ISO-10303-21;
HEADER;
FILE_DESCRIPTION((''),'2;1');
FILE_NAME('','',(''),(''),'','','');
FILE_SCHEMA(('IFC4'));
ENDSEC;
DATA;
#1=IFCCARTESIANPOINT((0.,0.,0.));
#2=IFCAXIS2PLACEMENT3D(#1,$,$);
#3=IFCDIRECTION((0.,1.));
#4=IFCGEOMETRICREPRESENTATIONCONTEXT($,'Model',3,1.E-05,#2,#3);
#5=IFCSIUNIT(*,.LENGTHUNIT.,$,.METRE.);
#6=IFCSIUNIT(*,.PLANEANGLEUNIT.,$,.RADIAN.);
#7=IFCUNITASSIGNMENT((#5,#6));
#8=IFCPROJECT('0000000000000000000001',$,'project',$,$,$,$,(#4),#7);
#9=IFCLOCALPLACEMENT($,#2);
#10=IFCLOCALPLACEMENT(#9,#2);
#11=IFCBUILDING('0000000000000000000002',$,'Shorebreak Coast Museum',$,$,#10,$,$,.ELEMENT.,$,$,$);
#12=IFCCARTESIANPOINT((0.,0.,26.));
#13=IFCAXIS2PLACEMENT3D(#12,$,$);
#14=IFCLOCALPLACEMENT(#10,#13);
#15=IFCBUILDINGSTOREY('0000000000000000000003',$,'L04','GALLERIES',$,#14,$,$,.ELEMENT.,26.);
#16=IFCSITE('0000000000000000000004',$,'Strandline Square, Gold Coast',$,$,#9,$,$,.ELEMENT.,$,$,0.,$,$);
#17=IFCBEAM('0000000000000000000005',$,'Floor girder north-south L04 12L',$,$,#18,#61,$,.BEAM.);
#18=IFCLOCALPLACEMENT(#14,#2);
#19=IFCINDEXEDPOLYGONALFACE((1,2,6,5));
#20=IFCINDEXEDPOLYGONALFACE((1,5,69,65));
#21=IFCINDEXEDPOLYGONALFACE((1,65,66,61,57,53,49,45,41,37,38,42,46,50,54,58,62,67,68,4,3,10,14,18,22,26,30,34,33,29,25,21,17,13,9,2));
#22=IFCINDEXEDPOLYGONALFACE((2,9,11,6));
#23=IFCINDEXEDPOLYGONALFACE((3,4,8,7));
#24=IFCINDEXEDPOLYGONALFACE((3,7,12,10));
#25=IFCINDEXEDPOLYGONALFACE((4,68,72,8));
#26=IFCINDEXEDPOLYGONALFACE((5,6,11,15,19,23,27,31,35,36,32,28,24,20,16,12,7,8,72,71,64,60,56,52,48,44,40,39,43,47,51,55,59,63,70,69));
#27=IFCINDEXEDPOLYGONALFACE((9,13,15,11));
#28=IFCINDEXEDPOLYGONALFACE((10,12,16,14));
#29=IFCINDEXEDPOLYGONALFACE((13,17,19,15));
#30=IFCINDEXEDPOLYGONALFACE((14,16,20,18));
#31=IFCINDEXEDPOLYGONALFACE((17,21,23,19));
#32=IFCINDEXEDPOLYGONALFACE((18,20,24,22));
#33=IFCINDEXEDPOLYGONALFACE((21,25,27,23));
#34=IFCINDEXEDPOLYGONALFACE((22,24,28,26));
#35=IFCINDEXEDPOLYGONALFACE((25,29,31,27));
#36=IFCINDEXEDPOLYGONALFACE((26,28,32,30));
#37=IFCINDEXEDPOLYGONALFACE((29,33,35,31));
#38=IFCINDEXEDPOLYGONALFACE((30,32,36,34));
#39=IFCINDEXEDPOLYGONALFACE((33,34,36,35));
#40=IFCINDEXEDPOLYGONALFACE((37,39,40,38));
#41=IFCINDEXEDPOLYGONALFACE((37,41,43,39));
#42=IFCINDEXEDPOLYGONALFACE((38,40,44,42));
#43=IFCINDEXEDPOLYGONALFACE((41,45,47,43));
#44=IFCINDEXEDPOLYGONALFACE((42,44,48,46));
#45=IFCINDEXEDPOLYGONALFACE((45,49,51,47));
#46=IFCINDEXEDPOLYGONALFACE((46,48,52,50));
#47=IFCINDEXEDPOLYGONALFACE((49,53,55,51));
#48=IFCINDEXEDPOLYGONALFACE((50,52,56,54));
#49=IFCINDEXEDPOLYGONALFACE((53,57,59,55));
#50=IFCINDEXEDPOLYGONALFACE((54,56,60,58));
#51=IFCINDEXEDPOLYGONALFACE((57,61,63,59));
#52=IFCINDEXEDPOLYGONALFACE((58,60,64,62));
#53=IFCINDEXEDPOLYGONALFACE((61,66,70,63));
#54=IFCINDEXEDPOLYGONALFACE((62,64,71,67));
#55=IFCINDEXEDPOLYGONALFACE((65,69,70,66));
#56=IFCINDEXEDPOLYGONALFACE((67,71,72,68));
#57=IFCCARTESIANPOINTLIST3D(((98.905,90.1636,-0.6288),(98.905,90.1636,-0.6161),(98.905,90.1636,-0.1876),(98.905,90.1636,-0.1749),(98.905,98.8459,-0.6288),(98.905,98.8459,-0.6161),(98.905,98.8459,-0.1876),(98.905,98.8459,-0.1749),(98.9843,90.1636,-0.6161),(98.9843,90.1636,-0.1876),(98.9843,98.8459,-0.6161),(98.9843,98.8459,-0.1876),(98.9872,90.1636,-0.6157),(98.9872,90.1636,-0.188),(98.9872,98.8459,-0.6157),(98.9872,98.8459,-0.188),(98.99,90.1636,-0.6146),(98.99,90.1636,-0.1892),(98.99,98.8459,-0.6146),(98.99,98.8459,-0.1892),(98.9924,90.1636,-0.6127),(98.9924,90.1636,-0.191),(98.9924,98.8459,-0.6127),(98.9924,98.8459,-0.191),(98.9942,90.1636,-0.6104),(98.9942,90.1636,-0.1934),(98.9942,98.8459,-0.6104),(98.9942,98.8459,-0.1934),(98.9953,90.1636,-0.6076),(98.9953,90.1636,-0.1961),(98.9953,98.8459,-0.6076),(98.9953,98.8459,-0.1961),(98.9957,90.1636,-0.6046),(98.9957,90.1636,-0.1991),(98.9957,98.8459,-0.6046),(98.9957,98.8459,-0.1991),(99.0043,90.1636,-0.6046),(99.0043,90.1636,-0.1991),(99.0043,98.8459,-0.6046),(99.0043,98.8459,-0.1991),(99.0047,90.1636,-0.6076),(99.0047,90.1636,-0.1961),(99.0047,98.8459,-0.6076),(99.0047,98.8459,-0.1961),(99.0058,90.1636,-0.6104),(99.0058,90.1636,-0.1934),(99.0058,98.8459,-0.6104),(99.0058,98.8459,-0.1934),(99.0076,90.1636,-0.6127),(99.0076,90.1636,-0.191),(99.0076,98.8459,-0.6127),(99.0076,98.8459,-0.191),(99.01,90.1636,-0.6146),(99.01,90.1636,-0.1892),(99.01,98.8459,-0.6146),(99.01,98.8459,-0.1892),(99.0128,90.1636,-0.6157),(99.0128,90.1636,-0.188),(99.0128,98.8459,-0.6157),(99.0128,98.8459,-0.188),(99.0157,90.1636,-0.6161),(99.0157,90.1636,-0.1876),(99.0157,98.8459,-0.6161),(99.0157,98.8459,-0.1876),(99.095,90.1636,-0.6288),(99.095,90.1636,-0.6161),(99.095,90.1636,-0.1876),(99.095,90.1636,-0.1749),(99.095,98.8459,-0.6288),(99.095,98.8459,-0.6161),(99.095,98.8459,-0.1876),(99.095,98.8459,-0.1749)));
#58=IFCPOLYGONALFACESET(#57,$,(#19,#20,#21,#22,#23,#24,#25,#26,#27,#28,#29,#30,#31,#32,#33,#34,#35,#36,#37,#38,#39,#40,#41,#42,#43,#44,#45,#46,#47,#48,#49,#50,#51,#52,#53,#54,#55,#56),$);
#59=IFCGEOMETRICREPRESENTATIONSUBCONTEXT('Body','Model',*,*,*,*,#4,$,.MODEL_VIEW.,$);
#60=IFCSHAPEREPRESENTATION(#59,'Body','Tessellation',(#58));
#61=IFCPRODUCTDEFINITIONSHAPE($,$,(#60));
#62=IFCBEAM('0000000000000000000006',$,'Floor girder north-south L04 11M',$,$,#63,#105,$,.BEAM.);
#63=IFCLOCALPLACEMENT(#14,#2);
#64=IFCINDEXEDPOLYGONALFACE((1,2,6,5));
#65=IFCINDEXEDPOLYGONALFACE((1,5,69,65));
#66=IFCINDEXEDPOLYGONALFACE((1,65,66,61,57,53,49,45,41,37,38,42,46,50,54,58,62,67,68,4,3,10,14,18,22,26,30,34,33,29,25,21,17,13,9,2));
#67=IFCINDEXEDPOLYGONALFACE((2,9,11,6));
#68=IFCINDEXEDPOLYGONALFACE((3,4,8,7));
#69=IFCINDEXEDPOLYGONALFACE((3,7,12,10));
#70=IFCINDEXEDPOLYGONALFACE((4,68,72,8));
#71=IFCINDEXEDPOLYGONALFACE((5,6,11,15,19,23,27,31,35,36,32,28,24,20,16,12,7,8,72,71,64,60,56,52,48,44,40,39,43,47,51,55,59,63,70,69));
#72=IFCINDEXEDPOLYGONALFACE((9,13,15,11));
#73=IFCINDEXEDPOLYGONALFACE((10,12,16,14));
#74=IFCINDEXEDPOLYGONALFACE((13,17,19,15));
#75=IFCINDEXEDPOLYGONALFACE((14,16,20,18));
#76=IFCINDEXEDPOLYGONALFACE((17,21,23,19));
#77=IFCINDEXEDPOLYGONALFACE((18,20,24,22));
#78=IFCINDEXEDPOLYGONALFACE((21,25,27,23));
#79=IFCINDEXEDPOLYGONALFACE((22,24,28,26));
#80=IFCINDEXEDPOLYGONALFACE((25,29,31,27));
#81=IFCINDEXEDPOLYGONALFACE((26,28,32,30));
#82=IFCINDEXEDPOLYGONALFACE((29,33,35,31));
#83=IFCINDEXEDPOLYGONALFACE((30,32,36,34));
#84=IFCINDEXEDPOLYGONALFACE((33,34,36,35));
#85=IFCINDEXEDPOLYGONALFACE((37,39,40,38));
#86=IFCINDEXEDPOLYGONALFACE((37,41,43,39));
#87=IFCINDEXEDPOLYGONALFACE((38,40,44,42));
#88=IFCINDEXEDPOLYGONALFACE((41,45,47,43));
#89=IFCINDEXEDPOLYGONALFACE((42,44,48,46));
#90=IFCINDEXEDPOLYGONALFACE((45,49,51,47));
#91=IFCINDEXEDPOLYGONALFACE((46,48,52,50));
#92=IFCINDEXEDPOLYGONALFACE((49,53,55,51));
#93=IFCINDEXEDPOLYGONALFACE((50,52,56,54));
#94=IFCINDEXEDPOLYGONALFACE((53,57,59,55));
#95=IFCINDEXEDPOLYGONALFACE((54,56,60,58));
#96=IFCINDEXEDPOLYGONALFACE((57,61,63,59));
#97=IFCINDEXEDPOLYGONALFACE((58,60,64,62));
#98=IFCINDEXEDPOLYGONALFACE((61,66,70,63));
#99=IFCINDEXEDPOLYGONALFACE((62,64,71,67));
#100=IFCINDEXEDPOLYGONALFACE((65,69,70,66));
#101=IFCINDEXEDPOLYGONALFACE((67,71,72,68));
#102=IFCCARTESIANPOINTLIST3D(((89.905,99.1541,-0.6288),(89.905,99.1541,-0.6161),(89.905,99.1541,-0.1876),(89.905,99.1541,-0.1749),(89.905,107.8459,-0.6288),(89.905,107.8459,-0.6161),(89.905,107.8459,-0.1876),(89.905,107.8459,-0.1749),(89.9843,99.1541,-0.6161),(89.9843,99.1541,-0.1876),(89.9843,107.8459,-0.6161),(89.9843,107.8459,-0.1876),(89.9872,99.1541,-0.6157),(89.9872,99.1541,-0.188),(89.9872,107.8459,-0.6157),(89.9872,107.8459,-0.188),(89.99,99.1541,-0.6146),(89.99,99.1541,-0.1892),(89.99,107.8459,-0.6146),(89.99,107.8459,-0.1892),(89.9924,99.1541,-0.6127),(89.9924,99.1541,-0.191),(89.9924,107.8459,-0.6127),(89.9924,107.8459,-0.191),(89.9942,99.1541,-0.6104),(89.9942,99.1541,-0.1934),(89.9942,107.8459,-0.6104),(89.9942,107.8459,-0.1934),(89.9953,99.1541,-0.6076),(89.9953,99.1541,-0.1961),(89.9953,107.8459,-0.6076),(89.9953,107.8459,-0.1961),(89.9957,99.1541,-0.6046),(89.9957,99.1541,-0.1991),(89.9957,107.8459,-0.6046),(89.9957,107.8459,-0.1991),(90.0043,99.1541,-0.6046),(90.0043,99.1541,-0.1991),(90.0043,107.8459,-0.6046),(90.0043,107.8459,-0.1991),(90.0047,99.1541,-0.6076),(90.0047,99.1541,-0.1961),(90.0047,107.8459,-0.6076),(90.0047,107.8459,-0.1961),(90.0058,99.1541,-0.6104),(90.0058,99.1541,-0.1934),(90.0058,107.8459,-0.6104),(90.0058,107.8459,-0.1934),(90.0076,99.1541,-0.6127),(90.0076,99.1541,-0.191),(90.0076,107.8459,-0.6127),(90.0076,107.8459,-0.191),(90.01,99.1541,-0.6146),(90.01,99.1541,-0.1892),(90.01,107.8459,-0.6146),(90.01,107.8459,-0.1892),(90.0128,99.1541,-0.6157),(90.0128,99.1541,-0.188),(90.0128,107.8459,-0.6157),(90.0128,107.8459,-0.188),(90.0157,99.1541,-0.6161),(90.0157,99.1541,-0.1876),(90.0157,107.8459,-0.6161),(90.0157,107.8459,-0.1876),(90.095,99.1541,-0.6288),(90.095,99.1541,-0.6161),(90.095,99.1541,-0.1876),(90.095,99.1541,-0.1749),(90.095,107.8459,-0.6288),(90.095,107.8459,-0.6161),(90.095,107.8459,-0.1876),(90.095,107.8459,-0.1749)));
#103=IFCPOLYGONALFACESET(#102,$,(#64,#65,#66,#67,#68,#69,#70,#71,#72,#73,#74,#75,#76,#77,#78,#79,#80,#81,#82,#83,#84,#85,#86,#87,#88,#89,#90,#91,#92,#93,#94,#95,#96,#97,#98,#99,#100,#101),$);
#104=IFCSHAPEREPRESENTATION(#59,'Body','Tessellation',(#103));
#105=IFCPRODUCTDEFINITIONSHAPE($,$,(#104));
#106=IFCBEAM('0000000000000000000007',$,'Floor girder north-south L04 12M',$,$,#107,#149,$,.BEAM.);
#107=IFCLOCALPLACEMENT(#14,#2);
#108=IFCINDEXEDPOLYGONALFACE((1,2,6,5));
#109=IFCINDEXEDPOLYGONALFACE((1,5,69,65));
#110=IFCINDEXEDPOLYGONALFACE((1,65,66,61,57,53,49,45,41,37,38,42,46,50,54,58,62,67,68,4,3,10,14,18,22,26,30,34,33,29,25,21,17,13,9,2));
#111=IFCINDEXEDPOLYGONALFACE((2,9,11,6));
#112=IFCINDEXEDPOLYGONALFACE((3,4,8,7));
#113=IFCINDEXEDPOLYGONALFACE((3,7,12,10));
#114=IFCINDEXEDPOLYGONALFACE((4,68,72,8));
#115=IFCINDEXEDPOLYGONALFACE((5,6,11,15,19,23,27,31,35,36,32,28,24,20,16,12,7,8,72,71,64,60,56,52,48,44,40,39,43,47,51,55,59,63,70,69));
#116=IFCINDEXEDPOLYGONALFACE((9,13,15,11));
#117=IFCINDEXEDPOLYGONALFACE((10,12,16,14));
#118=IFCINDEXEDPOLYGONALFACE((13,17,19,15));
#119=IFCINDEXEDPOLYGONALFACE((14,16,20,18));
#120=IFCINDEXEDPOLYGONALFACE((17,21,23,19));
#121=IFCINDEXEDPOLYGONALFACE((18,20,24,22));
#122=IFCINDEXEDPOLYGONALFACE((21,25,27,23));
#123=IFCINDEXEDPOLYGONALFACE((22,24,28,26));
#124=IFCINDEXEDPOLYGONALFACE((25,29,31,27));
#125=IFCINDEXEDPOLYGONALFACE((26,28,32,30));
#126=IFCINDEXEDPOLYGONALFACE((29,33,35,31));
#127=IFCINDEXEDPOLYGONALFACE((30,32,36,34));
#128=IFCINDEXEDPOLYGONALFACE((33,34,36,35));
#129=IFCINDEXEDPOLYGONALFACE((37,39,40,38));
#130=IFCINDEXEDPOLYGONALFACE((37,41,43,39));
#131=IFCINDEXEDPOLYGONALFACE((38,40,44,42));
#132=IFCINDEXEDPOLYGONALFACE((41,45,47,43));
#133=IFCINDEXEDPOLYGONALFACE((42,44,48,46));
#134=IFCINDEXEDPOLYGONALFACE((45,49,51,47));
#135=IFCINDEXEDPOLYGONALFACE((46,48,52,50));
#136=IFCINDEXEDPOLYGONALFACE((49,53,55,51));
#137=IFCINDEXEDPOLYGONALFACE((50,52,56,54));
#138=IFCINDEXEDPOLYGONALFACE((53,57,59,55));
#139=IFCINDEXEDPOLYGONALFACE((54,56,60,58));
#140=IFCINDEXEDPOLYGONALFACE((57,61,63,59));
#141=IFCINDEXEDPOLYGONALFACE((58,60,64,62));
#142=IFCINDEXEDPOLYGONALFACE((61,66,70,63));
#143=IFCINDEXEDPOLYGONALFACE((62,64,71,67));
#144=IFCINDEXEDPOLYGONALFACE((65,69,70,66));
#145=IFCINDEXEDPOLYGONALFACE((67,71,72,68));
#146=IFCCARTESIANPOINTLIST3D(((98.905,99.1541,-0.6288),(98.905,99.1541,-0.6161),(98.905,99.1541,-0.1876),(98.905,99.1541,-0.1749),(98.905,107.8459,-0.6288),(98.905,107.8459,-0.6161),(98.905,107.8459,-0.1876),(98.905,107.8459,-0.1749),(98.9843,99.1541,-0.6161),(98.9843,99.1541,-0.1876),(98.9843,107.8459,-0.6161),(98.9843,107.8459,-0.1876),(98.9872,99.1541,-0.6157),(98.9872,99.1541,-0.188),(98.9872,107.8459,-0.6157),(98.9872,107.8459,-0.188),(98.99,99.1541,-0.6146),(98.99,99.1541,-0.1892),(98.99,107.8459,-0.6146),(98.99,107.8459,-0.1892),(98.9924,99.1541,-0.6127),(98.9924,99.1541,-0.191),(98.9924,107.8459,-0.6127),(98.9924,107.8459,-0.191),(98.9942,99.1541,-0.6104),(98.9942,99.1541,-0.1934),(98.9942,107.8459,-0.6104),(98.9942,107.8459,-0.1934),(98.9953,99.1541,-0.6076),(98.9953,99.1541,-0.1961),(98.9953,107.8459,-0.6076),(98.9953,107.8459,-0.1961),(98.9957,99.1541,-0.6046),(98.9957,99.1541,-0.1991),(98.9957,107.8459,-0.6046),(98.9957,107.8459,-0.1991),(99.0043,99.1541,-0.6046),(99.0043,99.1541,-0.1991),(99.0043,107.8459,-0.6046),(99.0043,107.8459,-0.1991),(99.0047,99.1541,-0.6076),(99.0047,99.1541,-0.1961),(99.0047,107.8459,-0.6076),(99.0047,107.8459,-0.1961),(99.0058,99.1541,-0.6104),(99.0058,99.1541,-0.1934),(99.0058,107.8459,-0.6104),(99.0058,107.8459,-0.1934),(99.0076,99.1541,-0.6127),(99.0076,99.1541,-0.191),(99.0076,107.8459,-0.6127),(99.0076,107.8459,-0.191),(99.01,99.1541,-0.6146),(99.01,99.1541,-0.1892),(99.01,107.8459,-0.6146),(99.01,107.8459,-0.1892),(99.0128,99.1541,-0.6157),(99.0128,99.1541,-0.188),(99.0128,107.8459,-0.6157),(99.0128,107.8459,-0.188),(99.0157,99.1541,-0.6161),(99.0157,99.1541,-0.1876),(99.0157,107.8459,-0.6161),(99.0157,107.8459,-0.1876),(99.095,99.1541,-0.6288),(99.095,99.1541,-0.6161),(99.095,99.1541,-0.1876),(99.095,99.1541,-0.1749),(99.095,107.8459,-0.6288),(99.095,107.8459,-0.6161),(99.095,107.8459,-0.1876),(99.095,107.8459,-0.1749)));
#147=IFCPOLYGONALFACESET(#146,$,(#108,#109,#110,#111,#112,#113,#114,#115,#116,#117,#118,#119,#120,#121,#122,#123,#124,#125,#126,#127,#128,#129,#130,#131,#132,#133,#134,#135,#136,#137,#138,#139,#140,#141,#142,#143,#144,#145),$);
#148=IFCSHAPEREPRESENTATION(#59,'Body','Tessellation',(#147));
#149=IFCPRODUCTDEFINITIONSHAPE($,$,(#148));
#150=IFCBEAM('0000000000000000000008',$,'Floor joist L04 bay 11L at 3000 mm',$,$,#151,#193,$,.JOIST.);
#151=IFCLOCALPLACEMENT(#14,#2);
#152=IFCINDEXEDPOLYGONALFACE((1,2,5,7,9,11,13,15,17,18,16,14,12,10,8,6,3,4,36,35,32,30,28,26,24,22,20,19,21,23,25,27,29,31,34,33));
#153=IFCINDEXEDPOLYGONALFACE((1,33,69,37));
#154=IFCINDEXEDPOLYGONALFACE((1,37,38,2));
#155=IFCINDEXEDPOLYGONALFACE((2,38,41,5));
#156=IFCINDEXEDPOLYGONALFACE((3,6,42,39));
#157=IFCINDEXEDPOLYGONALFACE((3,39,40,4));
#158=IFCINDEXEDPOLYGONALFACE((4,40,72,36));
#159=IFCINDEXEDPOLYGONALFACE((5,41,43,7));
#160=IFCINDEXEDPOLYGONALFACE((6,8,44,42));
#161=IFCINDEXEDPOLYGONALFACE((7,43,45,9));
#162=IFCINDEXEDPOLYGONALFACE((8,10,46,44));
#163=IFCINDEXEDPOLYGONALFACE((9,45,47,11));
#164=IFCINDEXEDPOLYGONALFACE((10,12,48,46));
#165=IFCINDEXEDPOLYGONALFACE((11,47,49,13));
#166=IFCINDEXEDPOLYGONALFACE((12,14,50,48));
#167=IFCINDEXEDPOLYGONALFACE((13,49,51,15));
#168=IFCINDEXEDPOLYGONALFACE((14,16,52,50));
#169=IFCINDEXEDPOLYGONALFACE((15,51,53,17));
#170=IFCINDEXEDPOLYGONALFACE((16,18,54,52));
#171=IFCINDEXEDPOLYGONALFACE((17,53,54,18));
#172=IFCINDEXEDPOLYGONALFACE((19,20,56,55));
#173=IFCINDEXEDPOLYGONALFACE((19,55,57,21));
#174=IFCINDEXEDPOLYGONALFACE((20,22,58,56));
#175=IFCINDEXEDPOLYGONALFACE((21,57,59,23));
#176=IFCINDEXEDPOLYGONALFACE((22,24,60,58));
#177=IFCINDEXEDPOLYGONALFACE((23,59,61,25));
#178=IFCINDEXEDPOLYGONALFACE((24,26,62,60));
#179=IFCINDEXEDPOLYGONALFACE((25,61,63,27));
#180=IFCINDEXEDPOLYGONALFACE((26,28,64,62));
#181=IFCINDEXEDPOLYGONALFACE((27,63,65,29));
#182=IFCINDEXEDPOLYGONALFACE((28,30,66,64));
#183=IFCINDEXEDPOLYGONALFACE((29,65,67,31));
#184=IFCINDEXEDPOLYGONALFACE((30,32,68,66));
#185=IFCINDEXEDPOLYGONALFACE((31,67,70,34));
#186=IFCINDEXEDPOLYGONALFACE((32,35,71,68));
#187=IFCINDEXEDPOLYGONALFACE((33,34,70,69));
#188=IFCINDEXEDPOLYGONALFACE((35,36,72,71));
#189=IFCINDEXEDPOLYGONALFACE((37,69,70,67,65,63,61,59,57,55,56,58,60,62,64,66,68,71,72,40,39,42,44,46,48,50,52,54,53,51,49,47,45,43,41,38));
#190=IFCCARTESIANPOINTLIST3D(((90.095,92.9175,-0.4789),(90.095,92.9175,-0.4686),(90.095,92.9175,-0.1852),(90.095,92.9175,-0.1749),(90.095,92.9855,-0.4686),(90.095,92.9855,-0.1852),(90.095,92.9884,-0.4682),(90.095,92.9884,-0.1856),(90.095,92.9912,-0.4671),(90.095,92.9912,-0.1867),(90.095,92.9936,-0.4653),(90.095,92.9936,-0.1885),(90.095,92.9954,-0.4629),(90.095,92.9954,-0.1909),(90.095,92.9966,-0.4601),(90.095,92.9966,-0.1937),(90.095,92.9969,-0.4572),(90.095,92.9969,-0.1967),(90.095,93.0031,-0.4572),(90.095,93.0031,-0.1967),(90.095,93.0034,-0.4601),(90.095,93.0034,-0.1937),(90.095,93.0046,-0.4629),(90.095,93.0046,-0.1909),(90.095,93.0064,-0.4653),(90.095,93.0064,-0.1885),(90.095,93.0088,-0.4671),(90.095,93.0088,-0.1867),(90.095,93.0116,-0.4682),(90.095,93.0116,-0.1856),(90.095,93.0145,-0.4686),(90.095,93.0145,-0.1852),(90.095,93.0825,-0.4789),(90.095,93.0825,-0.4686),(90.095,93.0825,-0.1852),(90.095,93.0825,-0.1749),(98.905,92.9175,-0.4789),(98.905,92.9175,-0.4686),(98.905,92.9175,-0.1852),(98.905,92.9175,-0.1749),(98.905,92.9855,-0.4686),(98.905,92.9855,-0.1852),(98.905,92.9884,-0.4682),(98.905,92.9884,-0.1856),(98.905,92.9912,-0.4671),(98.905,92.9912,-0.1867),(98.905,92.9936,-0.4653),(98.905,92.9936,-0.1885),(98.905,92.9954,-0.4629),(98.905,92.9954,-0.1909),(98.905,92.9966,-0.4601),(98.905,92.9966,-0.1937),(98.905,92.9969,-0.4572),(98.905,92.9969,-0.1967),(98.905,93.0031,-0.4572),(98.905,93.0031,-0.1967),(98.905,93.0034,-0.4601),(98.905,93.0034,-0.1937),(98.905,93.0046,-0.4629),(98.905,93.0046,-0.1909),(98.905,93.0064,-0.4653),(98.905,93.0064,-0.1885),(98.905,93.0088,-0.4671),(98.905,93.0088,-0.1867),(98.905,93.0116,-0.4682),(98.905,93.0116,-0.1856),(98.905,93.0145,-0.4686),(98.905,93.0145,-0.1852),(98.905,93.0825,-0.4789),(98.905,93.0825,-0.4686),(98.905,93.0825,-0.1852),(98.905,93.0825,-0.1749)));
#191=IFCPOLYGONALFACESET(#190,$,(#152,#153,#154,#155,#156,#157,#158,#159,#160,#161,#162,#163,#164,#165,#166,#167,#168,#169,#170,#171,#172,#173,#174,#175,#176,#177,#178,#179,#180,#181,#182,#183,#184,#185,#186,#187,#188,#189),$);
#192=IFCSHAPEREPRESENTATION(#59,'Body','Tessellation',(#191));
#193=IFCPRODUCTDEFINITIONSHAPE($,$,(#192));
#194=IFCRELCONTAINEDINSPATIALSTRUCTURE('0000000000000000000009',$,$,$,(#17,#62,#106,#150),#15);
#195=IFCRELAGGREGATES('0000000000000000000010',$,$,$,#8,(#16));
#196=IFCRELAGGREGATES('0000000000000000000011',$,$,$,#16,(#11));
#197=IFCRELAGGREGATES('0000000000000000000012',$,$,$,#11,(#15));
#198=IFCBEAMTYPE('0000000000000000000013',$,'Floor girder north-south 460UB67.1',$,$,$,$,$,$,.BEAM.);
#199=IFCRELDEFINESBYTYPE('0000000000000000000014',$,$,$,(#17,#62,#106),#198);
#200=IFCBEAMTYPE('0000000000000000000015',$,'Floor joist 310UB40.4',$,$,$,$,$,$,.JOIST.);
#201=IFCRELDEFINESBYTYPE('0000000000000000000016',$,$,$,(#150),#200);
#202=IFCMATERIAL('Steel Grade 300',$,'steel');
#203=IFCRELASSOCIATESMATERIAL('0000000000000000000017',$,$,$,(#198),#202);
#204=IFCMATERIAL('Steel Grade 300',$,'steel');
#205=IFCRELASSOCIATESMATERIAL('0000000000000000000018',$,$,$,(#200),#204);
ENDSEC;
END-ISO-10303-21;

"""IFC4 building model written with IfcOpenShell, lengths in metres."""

from ifc_helpers import new_model, si_unit, direction, frame, origin, origin_2d, place, context, subcontext, project, spatial, i_section, extrude, material, material_profile, profile_set, type_object, element, save


model = new_model("IFC4")

# Units and contexts
model_context = context("Model", 3, precision=1e-05, world=origin(), true_north=direction((0.0, 1.0)))
body_context = subcontext(model_context, "Body", "Model", "MODEL_VIEW")
ifc_project = project(units=[si_unit("LENGTHUNIT", "METRE"), si_unit("PLANEANGLEUNIT", "RADIAN")], contexts=[model_context])

# Site, building, storey
site_placement = place(None, origin())
site = spatial("IfcSite", under=ifc_project, at=site_placement, Name="Strandline Square, Gold Coast", CompositionType="ELEMENT", RefElevation=0.0)
building_placement = place(site_placement, origin())
building = spatial("IfcBuilding", under=site, at=building_placement, Name="Shorebreak Coast Museum", CompositionType="ELEMENT")
storey_placement = place(building_placement, frame((0.0, 0.0, 26.0)))
storey = spatial("IfcBuildingStorey", under=building, at=storey_placement, Name="L04", Description="GALLERIES", CompositionType="ELEMENT", Elevation=26.0)

# Beams
ifc_material_1 = material(Name="Steel Grade 300", Category="steel")
ifc_material_profile_1 = material_profile(ifc_material_1, i_section(OverallWidth=0.1899, OverallDepth=0.4539, WebThickness=0.0085, FlangeThickness=0.0127, FilletRadius=0.0115, at=origin_2d()), Name="460UB67.1")
ifc_profile_set_1 = profile_set([ifc_material_profile_1], Name="Steel Grade 300")
beam_type_1 = type_object("IfcBeamType", Name="Floor girder north-south 460UB67.1", PredefinedType="BEAM", material=ifc_profile_set_1)
for number, where, z_axis, x_axis, name in (
    (1, (99.0, 90.1636, -0.4019), (0.0, 1.0, 0.0), (-1.0, 0.0, 0.0), "Floor girder north-south L04 12L"),
):
    element("IfcBeam", number, at=place(storey_placement, frame(where, z_axis=z_axis, x_axis=x_axis)), inside=storey, type_object=beam_type_1, Name=name, PredefinedType="BEAM", context=body_context, shape_type="SweptSolid", body=[
        extrude(i_section(OverallWidth=0.1899, OverallDepth=0.4539, WebThickness=0.0085, FlangeThickness=0.0127, FilletRadius=0.0115, at=origin_2d()), origin(), (0.0, 0.0, 1.0), 8.6824),
    ])
for number, where, z_axis, x_axis, name in (
    (2, (90.0, 99.1541, -0.4019), (0.0, 1.0, 0.0), (-1.0, 0.0, 0.0), "Floor girder north-south L04 11M"),
    (3, (99.0, 99.1541, -0.4019), (0.0, 1.0, 0.0), (-1.0, 0.0, 0.0), "Floor girder north-south L04 12M"),
):
    element("IfcBeam", number, at=place(storey_placement, frame(where, z_axis=z_axis, x_axis=x_axis)), inside=storey, type_object=beam_type_1, Name=name, PredefinedType="BEAM", context=body_context, shape_type="SweptSolid", body=[
        extrude(i_section(OverallWidth=0.1899, OverallDepth=0.4539, WebThickness=0.0085, FlangeThickness=0.0127, FilletRadius=0.0115, at=origin_2d()), origin(), (0.0, 0.0, 1.0), 8.6919),
    ])
ifc_material_2 = material(Name="Steel Grade 300", Category="steel")
ifc_material_profile_2 = material_profile(ifc_material_2, i_section(OverallWidth=0.165, OverallDepth=0.304, WebThickness=0.0061, FlangeThickness=0.0103, FilletRadius=0.0115, at=origin_2d()), Name="310UB40.4")
ifc_profile_set_2 = profile_set([ifc_material_profile_2], Name="Steel Grade 300")
beam_type_2 = type_object("IfcBeamType", Name="Floor joist 310UB40.4", PredefinedType="JOIST", material=ifc_profile_set_2)
for number, where, z_axis, x_axis, name in (
    (4, (90.095, 93.0, -0.3269), (1.0, 0.0, 0.0), (0.0, 1.0, 0.0), "Floor joist L04 bay 11L at 3000 mm"),
):
    element("IfcBeam", number, at=place(storey_placement, frame(where, z_axis=z_axis, x_axis=x_axis)), inside=storey, type_object=beam_type_2, Name=name, PredefinedType="JOIST", context=body_context, shape_type="SweptSolid", body=[
        extrude(i_section(OverallWidth=0.165, OverallDepth=0.304, WebThickness=0.0061, FlangeThickness=0.0103, FilletRadius=0.0115, at=origin_2d()), origin(), (0.0, 0.0, 1.0), 8.8101),
    ])

save(model, "model.ifc")
